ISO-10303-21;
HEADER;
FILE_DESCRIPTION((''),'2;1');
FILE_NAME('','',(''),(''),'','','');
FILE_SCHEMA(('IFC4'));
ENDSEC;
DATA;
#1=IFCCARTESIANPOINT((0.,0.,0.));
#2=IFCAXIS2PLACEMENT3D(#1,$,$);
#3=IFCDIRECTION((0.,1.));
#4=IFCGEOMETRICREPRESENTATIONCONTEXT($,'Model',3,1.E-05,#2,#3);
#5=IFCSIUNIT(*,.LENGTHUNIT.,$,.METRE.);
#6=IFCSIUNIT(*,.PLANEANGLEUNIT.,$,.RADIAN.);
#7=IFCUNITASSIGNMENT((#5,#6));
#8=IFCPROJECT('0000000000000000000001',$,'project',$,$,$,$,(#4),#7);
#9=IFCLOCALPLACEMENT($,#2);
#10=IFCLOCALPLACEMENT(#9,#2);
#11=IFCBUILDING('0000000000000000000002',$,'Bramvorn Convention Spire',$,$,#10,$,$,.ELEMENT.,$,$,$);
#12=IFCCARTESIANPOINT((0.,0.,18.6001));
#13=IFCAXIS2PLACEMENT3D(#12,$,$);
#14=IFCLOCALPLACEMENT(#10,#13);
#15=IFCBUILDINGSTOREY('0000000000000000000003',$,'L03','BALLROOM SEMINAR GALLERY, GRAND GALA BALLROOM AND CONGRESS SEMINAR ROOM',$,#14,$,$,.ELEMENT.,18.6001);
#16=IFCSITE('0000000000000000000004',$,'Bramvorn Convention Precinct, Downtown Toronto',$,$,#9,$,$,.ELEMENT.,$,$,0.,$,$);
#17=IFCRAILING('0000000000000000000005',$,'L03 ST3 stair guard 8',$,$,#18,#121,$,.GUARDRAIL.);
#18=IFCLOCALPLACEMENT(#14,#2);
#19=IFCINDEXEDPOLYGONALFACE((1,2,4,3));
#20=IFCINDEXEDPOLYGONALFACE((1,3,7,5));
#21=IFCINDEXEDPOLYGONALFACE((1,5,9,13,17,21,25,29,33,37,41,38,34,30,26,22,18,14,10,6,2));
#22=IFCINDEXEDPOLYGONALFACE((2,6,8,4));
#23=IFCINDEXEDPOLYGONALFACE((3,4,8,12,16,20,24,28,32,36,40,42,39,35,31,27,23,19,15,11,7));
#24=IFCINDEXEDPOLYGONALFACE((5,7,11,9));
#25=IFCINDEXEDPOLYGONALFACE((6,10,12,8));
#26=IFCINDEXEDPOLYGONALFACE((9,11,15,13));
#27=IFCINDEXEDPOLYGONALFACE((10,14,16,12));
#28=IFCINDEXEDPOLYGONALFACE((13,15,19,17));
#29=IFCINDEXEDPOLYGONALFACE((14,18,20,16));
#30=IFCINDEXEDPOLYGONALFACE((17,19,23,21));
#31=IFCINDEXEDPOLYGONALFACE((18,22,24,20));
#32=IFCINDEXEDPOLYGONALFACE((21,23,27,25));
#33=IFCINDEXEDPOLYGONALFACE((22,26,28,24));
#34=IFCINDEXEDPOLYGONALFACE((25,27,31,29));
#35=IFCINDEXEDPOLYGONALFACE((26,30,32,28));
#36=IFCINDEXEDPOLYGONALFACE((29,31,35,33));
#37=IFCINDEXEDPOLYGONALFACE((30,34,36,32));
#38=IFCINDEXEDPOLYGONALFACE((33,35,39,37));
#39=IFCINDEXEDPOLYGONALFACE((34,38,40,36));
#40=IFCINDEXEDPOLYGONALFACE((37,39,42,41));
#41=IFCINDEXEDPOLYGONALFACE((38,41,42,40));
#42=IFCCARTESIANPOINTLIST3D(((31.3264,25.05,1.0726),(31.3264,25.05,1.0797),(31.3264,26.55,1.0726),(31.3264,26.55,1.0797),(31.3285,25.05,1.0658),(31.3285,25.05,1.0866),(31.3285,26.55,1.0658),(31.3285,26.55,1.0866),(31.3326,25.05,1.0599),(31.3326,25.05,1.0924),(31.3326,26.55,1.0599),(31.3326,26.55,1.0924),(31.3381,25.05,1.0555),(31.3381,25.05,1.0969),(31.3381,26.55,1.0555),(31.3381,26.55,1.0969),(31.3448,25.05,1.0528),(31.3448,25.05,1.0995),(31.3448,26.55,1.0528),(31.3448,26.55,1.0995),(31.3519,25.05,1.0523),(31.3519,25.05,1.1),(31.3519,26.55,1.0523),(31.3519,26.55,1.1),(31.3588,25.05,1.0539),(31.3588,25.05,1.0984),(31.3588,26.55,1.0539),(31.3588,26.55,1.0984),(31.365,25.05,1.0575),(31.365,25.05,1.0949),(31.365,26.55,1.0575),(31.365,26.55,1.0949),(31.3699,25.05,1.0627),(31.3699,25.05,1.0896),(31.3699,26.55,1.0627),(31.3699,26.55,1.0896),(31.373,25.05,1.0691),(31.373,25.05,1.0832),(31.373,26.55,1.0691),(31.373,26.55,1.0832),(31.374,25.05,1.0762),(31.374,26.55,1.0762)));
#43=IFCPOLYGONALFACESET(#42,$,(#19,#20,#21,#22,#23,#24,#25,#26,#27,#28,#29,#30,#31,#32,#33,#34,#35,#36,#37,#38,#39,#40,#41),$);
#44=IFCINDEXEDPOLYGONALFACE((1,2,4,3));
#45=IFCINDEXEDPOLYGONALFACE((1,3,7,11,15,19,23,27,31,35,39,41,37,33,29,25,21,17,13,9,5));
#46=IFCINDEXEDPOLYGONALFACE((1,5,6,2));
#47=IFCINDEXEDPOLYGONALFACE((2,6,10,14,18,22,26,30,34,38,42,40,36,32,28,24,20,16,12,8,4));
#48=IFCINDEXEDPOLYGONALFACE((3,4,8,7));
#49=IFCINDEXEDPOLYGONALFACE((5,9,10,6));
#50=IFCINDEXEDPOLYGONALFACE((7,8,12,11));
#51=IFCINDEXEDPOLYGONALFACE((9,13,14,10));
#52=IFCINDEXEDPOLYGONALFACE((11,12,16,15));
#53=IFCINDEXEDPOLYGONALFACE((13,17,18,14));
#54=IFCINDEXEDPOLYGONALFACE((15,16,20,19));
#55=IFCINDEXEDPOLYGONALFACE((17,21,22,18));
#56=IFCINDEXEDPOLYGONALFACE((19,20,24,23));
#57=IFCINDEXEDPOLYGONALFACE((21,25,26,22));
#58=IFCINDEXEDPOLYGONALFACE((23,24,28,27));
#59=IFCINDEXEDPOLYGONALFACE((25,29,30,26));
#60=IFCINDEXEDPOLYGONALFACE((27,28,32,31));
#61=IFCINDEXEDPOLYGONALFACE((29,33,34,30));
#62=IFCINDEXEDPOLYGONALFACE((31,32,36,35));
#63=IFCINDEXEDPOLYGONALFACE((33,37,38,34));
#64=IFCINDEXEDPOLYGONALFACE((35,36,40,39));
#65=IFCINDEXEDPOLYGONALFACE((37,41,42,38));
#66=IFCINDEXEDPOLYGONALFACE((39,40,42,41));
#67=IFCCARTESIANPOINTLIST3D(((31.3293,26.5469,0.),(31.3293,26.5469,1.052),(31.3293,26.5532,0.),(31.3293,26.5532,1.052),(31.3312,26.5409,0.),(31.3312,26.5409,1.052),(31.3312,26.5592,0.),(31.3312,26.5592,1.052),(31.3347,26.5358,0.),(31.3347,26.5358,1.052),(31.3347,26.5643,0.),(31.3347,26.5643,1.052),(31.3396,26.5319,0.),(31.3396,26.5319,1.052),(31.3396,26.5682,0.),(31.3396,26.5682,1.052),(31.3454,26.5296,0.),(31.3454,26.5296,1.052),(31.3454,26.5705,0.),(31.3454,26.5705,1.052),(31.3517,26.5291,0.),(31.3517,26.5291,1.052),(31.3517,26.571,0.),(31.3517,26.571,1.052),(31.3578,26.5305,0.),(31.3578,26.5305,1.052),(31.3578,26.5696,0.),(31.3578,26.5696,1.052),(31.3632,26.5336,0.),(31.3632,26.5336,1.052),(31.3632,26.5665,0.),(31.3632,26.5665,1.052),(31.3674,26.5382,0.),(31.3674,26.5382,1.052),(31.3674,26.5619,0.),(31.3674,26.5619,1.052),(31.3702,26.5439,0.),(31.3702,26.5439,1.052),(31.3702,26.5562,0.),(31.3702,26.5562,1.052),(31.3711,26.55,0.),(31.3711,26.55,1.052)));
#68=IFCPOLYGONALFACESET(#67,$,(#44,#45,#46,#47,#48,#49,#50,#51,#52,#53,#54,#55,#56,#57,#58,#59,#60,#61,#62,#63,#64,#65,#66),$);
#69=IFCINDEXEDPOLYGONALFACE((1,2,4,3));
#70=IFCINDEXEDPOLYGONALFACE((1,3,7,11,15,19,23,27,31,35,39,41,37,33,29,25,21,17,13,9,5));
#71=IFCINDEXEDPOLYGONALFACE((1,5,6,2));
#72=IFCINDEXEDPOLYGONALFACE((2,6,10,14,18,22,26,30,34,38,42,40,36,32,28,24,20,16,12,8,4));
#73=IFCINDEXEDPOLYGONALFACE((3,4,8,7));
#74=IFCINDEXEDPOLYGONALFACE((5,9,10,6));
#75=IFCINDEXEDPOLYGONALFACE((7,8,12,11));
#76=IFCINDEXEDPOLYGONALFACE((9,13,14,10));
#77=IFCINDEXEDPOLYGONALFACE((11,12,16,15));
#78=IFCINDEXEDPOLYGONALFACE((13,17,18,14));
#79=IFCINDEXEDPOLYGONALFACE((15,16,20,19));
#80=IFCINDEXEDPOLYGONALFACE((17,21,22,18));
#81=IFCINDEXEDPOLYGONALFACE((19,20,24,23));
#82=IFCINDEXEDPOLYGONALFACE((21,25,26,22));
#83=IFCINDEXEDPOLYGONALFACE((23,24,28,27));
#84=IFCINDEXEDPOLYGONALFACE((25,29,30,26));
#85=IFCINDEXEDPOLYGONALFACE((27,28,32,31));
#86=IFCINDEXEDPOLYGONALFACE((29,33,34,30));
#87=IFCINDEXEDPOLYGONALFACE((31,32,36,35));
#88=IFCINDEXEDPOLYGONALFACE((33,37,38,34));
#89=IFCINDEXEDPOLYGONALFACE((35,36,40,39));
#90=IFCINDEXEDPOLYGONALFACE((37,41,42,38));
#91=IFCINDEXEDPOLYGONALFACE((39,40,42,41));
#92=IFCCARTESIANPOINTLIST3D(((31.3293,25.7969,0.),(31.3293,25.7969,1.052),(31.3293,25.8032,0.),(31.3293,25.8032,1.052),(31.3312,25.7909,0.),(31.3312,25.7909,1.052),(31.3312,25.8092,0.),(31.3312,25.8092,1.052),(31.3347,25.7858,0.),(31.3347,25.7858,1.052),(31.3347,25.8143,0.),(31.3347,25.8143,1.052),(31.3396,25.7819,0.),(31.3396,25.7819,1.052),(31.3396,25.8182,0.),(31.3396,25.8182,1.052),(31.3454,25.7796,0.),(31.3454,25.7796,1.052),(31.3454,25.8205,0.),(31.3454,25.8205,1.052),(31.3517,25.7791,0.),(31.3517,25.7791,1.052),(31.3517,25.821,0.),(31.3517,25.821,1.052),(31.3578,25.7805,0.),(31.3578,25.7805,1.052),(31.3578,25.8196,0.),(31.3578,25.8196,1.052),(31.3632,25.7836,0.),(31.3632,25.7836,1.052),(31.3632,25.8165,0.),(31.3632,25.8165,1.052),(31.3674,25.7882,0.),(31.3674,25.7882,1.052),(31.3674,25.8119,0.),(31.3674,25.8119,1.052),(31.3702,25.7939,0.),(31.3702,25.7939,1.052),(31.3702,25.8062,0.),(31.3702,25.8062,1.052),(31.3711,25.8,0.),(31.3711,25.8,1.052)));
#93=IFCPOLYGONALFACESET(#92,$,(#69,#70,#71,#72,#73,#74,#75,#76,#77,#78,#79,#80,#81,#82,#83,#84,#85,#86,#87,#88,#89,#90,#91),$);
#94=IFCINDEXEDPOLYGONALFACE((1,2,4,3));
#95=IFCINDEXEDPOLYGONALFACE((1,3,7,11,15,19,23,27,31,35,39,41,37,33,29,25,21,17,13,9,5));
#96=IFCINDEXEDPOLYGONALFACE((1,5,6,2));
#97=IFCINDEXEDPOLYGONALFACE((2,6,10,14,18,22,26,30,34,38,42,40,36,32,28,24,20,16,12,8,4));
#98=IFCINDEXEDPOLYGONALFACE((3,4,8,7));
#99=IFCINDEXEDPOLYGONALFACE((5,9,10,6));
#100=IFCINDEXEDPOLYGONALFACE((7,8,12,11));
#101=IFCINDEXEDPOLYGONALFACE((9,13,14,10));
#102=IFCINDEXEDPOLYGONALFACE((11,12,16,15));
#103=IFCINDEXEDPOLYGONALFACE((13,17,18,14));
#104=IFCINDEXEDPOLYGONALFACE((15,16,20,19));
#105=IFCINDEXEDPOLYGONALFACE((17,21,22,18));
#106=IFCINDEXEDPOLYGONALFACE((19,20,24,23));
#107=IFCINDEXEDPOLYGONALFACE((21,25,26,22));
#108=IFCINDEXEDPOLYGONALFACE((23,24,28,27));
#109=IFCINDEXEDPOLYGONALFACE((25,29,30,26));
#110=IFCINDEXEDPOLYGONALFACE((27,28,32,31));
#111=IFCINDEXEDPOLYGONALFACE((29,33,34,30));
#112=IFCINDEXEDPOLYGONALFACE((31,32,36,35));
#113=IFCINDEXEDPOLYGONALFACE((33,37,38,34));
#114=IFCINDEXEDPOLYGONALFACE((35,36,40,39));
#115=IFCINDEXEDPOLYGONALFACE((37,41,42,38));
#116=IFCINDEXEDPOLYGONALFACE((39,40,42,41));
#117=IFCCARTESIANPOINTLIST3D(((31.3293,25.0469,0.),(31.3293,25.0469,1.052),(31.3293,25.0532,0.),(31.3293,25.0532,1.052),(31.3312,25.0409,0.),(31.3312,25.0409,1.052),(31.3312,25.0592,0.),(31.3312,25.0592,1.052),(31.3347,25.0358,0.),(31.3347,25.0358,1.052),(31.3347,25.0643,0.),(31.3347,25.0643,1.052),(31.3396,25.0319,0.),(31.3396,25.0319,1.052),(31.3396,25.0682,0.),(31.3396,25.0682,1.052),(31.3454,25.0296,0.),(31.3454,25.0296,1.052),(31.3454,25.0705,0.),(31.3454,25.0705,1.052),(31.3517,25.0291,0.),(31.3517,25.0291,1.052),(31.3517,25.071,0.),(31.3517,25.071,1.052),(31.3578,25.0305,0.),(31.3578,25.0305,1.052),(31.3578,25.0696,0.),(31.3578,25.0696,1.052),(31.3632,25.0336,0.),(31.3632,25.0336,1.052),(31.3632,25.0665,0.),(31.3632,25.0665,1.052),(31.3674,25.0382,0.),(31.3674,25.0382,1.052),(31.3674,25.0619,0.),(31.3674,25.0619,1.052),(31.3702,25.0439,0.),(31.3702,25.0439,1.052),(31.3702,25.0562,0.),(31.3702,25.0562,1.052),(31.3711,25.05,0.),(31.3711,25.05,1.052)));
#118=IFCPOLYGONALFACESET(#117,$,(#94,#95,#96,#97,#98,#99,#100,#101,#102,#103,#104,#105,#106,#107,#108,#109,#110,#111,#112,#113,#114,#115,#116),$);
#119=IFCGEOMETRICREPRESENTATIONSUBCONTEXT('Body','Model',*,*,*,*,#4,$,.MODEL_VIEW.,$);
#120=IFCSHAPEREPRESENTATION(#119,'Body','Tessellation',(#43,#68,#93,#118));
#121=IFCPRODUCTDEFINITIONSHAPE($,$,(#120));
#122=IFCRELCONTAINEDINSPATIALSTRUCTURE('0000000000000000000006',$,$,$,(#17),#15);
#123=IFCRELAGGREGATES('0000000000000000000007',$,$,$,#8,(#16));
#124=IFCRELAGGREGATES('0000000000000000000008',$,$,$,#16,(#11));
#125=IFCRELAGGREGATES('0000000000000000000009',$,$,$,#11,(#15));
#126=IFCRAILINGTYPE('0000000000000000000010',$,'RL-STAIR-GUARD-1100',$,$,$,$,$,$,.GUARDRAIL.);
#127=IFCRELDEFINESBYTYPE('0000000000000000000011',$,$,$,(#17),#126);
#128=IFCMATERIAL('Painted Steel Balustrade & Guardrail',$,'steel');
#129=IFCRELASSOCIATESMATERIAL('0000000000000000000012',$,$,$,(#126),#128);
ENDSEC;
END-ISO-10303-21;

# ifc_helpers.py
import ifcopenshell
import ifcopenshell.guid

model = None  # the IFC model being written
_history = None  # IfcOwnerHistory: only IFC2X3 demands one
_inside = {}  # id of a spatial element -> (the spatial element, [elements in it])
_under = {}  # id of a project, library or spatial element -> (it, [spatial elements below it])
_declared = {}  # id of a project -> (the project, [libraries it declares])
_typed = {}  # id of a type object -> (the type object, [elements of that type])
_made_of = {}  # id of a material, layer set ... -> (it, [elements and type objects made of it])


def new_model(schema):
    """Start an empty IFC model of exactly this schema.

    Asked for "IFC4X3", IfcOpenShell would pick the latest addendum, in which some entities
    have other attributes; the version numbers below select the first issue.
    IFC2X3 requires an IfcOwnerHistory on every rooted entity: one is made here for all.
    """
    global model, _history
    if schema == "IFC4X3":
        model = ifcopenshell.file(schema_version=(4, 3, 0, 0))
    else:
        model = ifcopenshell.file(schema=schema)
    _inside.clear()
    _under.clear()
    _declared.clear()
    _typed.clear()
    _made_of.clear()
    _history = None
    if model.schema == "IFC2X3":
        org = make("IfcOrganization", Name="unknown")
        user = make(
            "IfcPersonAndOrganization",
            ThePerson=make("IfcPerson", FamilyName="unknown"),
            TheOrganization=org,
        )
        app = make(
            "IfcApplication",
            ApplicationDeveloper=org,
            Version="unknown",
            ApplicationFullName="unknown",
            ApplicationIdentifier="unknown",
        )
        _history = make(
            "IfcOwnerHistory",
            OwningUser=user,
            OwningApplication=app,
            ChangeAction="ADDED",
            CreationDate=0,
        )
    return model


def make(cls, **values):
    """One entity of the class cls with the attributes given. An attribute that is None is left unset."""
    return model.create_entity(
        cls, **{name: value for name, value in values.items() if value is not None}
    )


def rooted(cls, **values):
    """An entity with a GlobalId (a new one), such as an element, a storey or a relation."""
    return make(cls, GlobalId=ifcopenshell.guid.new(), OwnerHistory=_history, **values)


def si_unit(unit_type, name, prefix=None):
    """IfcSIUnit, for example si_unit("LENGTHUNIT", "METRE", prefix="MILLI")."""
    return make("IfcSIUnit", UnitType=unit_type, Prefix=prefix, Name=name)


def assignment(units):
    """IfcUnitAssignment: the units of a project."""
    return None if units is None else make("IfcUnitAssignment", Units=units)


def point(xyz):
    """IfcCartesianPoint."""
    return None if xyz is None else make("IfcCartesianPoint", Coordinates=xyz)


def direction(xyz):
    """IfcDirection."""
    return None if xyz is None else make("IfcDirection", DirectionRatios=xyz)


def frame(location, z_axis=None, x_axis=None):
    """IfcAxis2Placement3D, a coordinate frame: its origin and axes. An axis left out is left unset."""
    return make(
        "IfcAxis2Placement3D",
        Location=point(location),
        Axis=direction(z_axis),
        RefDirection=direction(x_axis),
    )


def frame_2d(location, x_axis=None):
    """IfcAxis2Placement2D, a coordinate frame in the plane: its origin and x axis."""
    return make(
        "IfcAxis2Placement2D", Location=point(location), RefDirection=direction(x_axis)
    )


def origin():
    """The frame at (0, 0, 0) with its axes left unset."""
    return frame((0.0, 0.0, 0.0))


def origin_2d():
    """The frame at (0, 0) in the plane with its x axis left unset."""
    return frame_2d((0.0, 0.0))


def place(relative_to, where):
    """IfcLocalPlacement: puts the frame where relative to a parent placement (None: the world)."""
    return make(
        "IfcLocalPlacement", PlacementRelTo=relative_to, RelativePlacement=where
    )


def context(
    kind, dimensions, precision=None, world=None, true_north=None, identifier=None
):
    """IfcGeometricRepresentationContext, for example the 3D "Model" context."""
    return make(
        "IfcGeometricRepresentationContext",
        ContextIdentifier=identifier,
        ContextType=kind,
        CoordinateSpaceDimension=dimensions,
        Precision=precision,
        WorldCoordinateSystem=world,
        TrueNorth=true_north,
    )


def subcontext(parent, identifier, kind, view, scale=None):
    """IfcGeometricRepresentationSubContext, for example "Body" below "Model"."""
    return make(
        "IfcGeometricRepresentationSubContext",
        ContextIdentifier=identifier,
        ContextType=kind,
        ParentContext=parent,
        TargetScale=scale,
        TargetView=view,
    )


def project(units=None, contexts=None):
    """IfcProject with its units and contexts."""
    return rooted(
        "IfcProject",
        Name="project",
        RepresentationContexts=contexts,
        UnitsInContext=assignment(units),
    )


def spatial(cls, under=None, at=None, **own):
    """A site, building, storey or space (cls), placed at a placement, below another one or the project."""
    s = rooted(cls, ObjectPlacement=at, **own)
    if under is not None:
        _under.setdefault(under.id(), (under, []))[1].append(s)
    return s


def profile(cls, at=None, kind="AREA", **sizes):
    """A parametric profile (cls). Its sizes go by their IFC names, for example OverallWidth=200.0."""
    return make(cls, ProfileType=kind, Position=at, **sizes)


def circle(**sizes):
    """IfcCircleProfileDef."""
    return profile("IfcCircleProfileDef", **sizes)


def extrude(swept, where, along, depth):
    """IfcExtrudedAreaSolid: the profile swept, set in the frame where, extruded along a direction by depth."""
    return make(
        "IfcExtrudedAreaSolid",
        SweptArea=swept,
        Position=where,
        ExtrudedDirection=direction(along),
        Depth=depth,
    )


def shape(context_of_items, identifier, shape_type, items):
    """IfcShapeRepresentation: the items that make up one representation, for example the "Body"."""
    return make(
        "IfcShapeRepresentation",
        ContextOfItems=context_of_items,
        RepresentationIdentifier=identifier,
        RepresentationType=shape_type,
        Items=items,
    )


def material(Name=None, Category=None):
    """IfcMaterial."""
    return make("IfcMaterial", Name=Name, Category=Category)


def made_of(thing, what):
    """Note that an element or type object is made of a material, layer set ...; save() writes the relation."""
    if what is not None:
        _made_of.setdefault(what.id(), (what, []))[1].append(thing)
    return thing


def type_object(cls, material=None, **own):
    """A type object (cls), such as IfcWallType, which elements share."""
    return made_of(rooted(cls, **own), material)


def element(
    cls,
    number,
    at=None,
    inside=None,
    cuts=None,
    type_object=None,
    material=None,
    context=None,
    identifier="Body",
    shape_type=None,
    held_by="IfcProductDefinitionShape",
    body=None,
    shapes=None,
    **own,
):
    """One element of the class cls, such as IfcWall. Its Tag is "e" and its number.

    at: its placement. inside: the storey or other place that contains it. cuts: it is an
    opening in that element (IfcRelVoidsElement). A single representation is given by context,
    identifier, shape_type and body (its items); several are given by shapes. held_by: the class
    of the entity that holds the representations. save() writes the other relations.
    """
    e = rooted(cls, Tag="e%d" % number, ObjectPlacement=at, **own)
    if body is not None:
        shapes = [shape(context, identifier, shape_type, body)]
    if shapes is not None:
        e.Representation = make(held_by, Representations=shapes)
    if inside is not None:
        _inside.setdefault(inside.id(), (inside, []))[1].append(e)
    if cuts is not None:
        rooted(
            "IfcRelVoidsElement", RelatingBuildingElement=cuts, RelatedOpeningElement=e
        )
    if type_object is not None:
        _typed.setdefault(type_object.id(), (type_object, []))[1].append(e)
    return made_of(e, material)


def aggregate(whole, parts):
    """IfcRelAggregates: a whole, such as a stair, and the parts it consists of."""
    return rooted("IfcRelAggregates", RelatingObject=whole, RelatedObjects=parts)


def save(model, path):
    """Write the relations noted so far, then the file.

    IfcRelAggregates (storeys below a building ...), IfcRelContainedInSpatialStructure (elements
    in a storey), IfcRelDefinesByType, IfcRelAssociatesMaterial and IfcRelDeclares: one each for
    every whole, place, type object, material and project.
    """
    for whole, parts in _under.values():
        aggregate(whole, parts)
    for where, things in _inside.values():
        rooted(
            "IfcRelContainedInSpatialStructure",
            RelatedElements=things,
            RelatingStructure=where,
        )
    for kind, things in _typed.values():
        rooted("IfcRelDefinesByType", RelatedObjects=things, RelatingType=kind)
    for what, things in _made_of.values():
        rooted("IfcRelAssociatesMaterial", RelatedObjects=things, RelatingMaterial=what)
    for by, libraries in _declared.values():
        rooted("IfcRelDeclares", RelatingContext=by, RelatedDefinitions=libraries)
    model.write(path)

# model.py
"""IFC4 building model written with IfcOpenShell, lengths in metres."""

from ifc_helpers import new_model, si_unit, direction, frame, origin, origin_2d, place, context, subcontext, project, spatial, circle, extrude, material, type_object, element, save


model = new_model("IFC4")

# Units and contexts
model_context = context("Model", 3, precision=1e-05, world=origin(), true_north=direction((0.0, 1.0)))
body_context = subcontext(model_context, "Body", "Model", "MODEL_VIEW")
ifc_project = project(units=[si_unit("LENGTHUNIT", "METRE"), si_unit("PLANEANGLEUNIT", "RADIAN")], contexts=[model_context])

# Site, building, storey
site_placement = place(None, origin())
site = spatial("IfcSite", under=ifc_project, at=site_placement, Name="Bramvorn Convention Precinct, Downtown Toronto", CompositionType="ELEMENT", RefElevation=0.0)
building_placement = place(site_placement, origin())
building = spatial("IfcBuilding", under=site, at=building_placement, Name="Bramvorn Convention Spire", CompositionType="ELEMENT")
storey_placement = place(building_placement, frame((0.0, 0.0, 18.6001)))
storey = spatial("IfcBuildingStorey", under=building, at=storey_placement, Name="L03", Description="BALLROOM SEMINAR GALLERY, GRAND GALA BALLROOM AND CONGRESS SEMINAR ROOM", CompositionType="ELEMENT", Elevation=18.6001)

# Railing
ifc_material_1 = material(Name="Painted Steel Balustrade & Guardrail", Category="steel")
railing_type_1 = type_object("IfcRailingType", Name="RL-STAIR-GUARD-1100", PredefinedType="GUARDRAIL", material=ifc_material_1)
railing_1_placement = place(storey_placement, frame((31.3501, 26.55, 0.0)))
element("IfcRailing", 1, at=railing_1_placement, inside=storey, type_object=railing_type_1, Name="L03 ST3 stair guard 8", PredefinedType="GUARDRAIL", context=body_context, shape_type="SweptSolid", body=[
    extrude(circle(Radius=0.0239, at=origin_2d()), frame((0.0, 0.0, 1.0762), z_axis=(0.0, -1.0, 0.0), x_axis=(1.0, 0.0, 0.0)), (0.0, 0.0, 1.0), 1.5),
    extrude(circle(Radius=0.021, at=origin_2d()), origin(), (0.0, 0.0, 1.0), 1.052),
    extrude(circle(Radius=0.021, at=origin_2d()), frame((0.0, -0.75, 0.0)), (0.0, 0.0, 1.0), 1.052),
    extrude(circle(Radius=0.021, at=origin_2d()), frame((0.0, -1.5, 0.0)), (0.0, 0.0, 1.0), 1.052),
])

save(model, "model.ifc")
